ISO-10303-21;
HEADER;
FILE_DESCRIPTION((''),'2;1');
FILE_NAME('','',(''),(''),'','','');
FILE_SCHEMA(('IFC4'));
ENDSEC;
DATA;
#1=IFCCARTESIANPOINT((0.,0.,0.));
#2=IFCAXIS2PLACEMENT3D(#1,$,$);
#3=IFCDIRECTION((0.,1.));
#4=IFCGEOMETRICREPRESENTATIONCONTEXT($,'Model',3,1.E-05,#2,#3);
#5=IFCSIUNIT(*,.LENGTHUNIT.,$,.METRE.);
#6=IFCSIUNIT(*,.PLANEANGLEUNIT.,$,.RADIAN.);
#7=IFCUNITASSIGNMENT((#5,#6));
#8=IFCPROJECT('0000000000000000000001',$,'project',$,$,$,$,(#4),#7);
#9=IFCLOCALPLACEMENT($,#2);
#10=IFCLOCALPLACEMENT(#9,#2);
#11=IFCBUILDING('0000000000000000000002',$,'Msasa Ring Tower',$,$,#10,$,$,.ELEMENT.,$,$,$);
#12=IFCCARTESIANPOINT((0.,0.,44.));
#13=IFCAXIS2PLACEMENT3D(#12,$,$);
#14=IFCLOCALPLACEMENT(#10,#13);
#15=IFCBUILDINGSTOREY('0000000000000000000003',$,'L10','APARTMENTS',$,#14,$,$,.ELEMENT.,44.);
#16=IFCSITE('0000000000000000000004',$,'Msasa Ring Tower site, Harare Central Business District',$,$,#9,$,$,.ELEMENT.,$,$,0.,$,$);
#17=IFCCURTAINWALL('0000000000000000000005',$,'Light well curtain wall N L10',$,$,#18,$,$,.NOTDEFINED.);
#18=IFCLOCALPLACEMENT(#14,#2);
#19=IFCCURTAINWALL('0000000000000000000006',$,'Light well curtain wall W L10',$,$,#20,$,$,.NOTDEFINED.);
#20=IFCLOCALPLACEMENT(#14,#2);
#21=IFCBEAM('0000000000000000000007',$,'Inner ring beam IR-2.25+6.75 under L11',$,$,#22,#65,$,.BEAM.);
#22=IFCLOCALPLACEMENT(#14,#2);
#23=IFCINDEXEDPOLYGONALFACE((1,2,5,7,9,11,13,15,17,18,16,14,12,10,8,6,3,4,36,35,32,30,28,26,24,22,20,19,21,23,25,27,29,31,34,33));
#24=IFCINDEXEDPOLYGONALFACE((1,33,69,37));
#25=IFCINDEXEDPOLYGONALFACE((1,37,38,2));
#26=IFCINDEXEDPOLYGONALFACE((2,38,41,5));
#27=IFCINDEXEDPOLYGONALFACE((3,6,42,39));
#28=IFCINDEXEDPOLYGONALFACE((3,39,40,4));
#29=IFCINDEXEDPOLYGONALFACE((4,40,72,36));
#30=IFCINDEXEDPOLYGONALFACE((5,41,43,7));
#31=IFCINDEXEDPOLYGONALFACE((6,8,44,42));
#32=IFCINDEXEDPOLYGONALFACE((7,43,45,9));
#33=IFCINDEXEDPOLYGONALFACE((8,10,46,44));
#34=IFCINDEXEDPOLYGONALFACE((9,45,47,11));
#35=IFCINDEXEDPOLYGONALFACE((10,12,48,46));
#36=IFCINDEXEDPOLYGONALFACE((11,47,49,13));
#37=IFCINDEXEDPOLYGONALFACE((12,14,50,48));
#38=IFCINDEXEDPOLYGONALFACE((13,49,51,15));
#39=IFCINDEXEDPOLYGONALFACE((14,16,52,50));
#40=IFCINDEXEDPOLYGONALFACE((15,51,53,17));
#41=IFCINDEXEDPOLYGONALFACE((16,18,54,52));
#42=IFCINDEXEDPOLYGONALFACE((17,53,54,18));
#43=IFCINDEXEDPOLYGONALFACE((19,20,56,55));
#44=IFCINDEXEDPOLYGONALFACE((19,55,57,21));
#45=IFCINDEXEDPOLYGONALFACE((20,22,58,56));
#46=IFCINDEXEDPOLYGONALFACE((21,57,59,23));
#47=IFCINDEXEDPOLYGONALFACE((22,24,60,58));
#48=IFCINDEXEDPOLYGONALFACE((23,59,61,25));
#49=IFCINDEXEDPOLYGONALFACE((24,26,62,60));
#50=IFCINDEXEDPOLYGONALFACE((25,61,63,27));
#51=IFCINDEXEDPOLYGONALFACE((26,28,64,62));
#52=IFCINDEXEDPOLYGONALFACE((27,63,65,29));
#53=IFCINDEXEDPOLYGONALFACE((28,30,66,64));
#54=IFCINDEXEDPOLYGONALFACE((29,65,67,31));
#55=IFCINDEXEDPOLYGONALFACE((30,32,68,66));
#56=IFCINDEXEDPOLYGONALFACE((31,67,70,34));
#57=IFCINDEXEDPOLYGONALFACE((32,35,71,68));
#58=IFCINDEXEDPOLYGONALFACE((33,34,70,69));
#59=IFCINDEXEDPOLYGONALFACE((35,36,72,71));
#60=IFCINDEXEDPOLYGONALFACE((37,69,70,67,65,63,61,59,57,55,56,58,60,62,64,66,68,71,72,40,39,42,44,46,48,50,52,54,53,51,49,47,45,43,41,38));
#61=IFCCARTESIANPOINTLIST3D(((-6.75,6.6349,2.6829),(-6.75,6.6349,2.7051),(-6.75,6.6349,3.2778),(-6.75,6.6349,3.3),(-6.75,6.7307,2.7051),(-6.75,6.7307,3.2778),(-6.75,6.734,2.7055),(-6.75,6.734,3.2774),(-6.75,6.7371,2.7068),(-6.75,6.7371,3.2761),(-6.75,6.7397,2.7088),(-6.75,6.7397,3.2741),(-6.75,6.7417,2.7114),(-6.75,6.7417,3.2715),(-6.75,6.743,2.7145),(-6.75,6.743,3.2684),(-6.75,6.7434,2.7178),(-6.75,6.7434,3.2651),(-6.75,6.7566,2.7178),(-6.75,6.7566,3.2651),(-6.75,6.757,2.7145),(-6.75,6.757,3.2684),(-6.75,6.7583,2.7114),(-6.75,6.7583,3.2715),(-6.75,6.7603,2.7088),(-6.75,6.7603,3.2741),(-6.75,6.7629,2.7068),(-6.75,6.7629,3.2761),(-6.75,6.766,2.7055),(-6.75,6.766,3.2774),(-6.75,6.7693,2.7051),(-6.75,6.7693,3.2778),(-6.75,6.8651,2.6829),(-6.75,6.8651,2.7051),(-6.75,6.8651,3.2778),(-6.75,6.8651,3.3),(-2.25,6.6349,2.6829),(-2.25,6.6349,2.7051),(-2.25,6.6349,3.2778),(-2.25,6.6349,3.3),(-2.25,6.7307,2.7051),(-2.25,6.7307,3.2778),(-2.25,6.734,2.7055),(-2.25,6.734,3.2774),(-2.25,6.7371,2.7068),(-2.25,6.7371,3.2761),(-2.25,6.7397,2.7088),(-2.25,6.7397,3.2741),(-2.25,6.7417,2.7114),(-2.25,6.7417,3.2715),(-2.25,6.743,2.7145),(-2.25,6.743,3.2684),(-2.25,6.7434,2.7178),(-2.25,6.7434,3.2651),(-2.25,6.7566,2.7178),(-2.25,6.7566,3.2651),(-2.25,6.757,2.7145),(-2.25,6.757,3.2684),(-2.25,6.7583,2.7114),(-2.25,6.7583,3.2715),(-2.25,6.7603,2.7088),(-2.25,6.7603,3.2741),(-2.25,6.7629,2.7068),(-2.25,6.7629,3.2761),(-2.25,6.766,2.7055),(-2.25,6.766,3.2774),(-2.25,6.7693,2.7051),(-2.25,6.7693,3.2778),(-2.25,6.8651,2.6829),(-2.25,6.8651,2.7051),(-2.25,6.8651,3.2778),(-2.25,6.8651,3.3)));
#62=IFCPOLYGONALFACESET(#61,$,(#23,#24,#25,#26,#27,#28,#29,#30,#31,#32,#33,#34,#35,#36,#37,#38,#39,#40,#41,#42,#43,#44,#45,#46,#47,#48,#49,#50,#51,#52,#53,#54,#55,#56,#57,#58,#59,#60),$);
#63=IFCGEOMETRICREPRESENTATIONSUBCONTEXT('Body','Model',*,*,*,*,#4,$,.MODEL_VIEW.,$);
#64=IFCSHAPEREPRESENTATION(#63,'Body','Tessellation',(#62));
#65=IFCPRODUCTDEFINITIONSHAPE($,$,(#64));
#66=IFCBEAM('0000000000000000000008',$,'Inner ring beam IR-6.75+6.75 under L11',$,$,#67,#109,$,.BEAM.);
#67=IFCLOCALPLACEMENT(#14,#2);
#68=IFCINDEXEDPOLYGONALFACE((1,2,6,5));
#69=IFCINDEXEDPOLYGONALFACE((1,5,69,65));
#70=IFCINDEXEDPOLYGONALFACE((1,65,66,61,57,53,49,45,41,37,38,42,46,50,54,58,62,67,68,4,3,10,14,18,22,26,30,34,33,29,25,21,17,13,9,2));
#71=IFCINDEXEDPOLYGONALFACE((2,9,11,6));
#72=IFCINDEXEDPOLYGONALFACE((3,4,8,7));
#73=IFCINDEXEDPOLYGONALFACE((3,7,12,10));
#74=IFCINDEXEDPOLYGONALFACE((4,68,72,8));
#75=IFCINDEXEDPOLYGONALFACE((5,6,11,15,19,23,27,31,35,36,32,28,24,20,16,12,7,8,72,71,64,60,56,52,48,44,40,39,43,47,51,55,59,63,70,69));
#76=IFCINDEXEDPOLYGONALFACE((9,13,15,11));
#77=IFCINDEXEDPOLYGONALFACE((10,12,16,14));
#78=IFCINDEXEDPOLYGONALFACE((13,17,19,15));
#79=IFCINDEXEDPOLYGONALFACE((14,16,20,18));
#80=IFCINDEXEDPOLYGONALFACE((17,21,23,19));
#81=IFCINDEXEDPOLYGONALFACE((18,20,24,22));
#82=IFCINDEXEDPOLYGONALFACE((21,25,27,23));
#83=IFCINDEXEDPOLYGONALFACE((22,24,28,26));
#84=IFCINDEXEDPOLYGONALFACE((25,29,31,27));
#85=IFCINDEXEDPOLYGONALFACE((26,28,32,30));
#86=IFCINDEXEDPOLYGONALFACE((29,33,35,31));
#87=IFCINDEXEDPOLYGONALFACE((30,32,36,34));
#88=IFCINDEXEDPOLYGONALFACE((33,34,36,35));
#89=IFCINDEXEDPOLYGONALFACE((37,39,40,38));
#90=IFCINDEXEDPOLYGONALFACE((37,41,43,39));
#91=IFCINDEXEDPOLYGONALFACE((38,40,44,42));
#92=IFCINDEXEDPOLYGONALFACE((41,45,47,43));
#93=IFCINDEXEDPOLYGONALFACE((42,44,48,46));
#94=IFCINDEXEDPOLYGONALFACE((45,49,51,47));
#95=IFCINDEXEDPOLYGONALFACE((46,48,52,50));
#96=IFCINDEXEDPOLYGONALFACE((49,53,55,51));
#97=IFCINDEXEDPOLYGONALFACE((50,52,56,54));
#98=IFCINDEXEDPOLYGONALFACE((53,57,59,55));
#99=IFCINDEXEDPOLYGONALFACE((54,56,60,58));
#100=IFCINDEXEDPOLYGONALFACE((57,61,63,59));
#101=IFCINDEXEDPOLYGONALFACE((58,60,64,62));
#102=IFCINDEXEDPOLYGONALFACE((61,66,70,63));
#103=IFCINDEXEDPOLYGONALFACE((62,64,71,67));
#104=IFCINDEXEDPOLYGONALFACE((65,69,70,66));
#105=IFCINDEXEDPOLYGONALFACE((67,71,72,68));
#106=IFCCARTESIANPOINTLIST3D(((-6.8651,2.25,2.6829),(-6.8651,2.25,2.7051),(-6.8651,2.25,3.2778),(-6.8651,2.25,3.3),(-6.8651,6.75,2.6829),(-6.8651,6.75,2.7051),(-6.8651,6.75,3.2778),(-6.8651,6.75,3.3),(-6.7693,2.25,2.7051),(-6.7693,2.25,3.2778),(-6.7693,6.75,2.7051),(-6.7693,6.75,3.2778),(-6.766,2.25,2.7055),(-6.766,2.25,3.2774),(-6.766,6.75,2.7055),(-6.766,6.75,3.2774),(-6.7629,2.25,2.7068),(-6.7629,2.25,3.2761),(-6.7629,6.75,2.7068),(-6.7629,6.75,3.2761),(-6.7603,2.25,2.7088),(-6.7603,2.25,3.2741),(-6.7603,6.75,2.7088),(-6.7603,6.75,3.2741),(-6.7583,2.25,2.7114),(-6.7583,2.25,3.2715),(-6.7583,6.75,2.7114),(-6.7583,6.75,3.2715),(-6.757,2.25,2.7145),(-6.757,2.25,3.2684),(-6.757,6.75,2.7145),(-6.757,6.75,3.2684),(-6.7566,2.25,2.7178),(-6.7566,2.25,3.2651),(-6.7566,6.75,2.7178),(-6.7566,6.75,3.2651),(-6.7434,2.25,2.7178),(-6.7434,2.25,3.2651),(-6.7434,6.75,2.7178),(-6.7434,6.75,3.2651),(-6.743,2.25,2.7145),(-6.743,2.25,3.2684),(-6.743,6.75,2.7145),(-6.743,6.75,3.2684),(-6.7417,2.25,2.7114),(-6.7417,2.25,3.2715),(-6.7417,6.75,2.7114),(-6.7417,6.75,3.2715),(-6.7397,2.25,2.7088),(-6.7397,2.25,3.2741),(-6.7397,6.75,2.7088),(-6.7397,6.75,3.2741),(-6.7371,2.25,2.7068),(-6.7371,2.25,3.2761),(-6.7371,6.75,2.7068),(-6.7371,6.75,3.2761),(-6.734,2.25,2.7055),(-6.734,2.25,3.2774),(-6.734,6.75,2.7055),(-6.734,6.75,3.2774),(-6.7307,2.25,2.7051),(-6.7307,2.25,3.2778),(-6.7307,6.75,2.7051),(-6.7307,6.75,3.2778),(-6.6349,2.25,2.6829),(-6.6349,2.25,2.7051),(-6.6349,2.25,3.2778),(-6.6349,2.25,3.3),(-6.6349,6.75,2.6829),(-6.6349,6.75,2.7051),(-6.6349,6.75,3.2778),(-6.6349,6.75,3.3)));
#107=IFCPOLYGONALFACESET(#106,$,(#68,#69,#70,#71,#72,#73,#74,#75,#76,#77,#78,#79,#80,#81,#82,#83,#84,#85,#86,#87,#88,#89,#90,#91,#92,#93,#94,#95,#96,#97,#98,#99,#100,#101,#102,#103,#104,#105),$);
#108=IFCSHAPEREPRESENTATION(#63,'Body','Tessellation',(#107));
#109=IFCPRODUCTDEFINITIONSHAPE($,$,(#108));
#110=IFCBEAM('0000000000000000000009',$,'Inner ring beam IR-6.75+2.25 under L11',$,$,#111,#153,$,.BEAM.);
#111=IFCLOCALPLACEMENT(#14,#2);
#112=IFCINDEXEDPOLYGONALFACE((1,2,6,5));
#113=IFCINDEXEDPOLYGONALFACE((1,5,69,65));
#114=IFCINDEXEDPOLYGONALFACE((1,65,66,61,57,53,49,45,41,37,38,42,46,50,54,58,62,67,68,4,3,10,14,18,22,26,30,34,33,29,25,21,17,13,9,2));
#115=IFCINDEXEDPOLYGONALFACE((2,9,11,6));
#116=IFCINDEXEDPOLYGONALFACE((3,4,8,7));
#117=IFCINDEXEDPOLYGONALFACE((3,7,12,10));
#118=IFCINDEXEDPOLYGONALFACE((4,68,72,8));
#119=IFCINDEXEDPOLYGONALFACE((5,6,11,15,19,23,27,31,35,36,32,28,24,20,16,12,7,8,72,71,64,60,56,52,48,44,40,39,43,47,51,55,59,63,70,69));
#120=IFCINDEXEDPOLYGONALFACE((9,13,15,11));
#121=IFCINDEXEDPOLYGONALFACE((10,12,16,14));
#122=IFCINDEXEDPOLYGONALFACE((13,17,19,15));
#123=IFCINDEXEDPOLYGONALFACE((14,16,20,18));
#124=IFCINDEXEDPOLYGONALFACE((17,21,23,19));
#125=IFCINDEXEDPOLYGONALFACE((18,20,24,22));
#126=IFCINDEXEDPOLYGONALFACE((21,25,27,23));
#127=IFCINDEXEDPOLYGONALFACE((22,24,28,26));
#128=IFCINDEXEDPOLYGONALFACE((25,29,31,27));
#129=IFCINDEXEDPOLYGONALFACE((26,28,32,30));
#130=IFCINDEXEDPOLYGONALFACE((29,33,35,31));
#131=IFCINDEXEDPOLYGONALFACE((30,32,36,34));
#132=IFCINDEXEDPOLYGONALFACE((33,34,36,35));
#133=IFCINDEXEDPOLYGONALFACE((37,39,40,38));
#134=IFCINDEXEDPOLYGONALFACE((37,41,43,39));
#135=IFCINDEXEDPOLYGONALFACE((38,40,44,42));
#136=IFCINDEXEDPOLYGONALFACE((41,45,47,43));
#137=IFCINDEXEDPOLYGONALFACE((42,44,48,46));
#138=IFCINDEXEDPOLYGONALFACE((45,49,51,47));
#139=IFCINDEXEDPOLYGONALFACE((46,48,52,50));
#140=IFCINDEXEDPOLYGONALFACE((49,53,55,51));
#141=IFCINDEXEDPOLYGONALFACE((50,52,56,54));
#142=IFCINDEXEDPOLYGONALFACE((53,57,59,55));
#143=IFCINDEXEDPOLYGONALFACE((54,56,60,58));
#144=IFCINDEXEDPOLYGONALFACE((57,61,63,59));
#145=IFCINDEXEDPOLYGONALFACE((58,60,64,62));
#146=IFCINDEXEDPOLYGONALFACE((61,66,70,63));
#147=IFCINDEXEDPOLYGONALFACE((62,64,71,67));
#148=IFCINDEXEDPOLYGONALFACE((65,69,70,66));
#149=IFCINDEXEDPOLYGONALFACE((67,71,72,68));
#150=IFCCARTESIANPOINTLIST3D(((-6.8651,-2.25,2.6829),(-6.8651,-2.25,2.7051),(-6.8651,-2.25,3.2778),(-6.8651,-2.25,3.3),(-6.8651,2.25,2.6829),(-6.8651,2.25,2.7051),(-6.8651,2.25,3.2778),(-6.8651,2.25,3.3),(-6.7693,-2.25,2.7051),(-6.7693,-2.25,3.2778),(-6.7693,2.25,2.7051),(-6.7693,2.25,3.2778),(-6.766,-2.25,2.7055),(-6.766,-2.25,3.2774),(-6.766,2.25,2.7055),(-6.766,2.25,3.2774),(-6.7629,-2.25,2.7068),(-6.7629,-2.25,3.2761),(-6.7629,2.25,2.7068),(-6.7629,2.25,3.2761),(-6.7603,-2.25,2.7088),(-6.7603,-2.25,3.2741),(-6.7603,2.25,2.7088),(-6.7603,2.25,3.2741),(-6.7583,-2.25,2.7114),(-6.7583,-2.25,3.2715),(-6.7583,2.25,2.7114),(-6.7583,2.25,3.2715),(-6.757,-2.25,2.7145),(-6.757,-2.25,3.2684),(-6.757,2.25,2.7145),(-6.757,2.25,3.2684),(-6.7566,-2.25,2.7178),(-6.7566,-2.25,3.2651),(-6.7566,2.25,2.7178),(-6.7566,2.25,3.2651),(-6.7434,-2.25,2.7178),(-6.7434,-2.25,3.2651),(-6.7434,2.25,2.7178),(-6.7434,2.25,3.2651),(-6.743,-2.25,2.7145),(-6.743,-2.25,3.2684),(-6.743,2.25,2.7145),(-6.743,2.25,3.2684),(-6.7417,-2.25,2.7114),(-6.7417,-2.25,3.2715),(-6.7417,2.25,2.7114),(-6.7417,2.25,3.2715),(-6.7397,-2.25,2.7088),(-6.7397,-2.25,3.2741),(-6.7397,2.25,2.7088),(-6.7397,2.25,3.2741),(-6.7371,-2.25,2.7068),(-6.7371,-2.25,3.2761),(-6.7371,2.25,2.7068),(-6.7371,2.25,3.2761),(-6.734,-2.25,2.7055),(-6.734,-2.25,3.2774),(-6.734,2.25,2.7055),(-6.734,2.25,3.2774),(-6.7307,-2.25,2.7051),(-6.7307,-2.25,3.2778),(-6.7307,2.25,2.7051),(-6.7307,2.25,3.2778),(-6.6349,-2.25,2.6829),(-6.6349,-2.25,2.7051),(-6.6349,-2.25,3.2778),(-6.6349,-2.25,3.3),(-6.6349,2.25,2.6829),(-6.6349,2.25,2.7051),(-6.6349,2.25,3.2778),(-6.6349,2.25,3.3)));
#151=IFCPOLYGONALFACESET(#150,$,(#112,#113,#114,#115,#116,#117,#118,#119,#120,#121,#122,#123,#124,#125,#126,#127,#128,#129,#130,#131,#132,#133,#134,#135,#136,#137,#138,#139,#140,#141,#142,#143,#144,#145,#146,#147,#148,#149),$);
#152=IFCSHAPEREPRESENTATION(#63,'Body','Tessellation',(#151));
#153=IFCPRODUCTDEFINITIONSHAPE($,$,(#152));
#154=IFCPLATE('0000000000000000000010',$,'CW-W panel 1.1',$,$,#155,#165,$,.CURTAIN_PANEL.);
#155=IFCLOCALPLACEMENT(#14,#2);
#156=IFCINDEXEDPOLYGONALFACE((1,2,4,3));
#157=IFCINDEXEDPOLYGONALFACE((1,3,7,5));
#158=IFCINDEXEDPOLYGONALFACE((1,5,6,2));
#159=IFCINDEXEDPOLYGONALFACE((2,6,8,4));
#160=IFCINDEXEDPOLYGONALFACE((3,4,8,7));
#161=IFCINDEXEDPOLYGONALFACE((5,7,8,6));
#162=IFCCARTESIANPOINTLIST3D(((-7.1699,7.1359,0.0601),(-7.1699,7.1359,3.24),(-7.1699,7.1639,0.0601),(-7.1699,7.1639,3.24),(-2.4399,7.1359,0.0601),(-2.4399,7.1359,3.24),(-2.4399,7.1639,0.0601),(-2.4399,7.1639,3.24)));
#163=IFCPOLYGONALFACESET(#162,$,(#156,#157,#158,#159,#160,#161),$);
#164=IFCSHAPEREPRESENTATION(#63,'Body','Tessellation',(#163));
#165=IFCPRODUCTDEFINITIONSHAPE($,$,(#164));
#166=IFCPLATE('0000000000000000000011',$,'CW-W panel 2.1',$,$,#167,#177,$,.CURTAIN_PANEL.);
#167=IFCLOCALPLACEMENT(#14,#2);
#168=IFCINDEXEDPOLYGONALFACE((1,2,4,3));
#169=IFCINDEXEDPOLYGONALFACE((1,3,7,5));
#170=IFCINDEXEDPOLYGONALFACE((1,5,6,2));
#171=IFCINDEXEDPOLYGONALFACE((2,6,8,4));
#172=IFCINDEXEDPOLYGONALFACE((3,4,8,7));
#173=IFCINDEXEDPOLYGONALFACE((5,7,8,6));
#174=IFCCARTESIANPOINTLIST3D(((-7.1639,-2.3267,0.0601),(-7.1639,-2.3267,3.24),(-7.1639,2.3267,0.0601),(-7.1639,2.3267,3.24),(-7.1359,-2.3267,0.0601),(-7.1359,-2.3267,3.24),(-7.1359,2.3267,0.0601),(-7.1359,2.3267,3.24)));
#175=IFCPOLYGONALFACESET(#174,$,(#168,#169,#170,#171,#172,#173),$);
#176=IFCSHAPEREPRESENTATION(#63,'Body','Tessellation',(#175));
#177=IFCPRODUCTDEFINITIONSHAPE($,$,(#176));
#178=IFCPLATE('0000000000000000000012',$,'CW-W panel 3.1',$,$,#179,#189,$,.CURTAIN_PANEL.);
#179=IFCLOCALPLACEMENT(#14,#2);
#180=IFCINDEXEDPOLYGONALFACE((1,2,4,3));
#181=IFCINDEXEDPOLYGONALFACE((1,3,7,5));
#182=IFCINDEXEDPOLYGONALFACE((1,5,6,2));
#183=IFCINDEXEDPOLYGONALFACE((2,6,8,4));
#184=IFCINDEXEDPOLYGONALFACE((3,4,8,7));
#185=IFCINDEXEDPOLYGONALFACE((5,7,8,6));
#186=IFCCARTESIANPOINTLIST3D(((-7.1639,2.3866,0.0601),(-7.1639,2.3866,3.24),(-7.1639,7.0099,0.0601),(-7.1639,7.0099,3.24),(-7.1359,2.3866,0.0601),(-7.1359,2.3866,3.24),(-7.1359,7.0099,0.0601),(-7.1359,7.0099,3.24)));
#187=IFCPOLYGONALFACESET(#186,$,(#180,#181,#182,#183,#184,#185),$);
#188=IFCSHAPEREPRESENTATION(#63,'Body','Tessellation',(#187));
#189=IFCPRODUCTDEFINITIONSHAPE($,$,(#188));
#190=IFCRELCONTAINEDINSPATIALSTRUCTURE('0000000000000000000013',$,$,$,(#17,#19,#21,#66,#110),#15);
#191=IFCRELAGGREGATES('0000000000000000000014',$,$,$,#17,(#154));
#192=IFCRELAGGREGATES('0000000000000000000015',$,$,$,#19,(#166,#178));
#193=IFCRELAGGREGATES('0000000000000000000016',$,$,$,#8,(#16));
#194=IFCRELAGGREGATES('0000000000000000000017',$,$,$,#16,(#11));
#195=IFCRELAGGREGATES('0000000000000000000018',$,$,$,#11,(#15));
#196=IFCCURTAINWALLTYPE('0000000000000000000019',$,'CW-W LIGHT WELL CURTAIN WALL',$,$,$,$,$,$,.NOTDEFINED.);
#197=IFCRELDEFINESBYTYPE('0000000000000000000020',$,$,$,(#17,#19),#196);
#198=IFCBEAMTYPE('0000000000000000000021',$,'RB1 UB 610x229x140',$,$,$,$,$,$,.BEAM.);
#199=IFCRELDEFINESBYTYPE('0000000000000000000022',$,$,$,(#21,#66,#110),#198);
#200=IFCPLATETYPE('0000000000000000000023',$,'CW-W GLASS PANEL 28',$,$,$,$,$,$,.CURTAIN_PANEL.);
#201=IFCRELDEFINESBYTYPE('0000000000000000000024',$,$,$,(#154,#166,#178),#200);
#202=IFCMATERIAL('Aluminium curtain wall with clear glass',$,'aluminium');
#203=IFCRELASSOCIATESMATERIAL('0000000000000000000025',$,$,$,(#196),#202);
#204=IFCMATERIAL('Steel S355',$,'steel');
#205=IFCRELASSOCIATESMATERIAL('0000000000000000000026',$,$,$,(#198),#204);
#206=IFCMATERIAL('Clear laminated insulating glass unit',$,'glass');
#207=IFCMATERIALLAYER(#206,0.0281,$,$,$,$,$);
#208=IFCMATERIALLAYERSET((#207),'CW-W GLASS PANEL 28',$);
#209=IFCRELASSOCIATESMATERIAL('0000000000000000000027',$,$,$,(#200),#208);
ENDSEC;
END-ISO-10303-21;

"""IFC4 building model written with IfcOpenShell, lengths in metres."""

from ifc_helpers import new_model, si_unit, direction, frame, origin, origin_2d, place, context, subcontext, project, spatial, rectangle, i_section, extrude, material, layer, layer_set, material_profile, profile_set, type_object, element, aggregate, save


model = new_model("IFC4")

# Units and contexts
model_context = context("Model", 3, precision=1e-05, world=origin(), true_north=direction((0.0, 1.0)))
body_context = subcontext(model_context, "Body", "Model", "MODEL_VIEW")
ifc_project = project(units=[si_unit("LENGTHUNIT", "METRE"), si_unit("PLANEANGLEUNIT", "RADIAN")], contexts=[model_context])

# Site, building, storey
site_placement = place(None, origin())
site = spatial("IfcSite", under=ifc_project, at=site_placement, Name="Msasa Ring Tower site, Harare Central Business District", CompositionType="ELEMENT", RefElevation=0.0)
building_placement = place(site_placement, origin())
building = spatial("IfcBuilding", under=site, at=building_placement, Name="Msasa Ring Tower", CompositionType="ELEMENT")
storey_placement = place(building_placement, frame((0.0, 0.0, 44.0)))
storey = spatial("IfcBuildingStorey", under=building, at=storey_placement, Name="L10", Description="APARTMENTS", CompositionType="ELEMENT", Elevation=44.0)

# Curtain walls
ifc_material_1 = material(Name="Aluminium curtain wall with clear glass", Category="aluminium")
curtain_wall_type = type_object("IfcCurtainWallType", Name="CW-W LIGHT WELL CURTAIN WALL", PredefinedType="NOTDEFINED", material=ifc_material_1)
curtain_wall_1_placement = place(storey_placement, origin())
curtain_wall_1 = element("IfcCurtainWall", 1, at=curtain_wall_1_placement, inside=storey, type_object=curtain_wall_type, Name="Light well curtain wall N L10", PredefinedType="NOTDEFINED")
curtain_wall_2_placement = place(storey_placement, origin())
curtain_wall_2 = element("IfcCurtainWall", 2, at=curtain_wall_2_placement, inside=storey, type_object=curtain_wall_type, Name="Light well curtain wall W L10", PredefinedType="NOTDEFINED")

# Beams
ifc_material_2 = material(Name="Steel S355", Category="steel")
ifc_material_profile_1 = material_profile(ifc_material_2, i_section(OverallWidth=0.2302, OverallDepth=0.6172, WebThickness=0.0132, FlangeThickness=0.0222, FilletRadius=0.0127, at=origin_2d()), Name="UB 610x229x140")
ifc_profile_set_1 = profile_set([ifc_material_profile_1], Name="Steel S355")
beam_type = type_object("IfcBeamType", Name="RB1 UB 610x229x140", PredefinedType="BEAM", material=ifc_profile_set_1)
for number, where, z_axis, x_axis, name in (
    (3, (-2.25, 6.75, 2.9915), (-1.0, 0.0, 0.0), (0.0, -1.0, 0.0), "Inner ring beam IR-2.25+6.75 under L11"),
    (4, (-6.75, 6.75, 2.9915), (0.0, -1.0, 0.0), (1.0, 0.0, 0.0), "Inner ring beam IR-6.75+6.75 under L11"),
    (5, (-6.75, 2.25, 2.9915), (0.0, -1.0, 0.0), (1.0, 0.0, 0.0), "Inner ring beam IR-6.75+2.25 under L11"),
):
    element("IfcBeam", number, at=place(storey_placement, frame(where, z_axis=z_axis, x_axis=x_axis)), inside=storey, type_object=beam_type, Name=name, PredefinedType="BEAM", context=body_context, shape_type="SweptSolid", body=[
        extrude(i_section(OverallWidth=0.2302, OverallDepth=0.6172, WebThickness=0.0132, FlangeThickness=0.0222, FilletRadius=0.0127, at=origin_2d()), origin(), (0.0, 0.0, 1.0), 4.5),
    ])

# Plates
ifc_material_3 = material(Name="Clear laminated insulating glass unit", Category="glass")
ifc_layer_1 = layer(ifc_material_3, 0.0281)
ifc_layer_set_1 = layer_set([ifc_layer_1], Name="CW-W GLASS PANEL 28")
plate_type = type_object("IfcPlateType", Name="CW-W GLASS PANEL 28", PredefinedType="CURTAIN_PANEL", material=ifc_layer_set_1)
plate_1_placement = place(storey_placement, frame((-4.8049, 7.1499, 0.0601), z_axis=(0.0, 0.0, 1.0), x_axis=(1.0, 0.0, 0.0)))
plate_1 = element("IfcPlate", 6, at=plate_1_placement, type_object=plate_type, Name="CW-W panel 1.1", PredefinedType="CURTAIN_PANEL", context=body_context, shape_type="SweptSolid", body=[
    extrude(rectangle(XDim=4.73, YDim=0.0281, at=origin_2d()), origin(), (0.0, 0.0, 1.0), 3.1799),
])
aggregate(curtain_wall_1, [plate_1])
plate_2_placement = place(storey_placement, frame((-7.1499, 0.0, 0.0601), z_axis=(0.0, 0.0, 1.0), x_axis=(0.0, 1.0, 0.0)))
plate_2 = element("IfcPlate", 7, at=plate_2_placement, type_object=plate_type, Name="CW-W panel 2.1", PredefinedType="CURTAIN_PANEL", context=body_context, shape_type="SweptSolid", body=[
    extrude(rectangle(XDim=4.6533, YDim=0.0281, at=origin_2d()), origin(), (0.0, 0.0, 1.0), 3.1799),
])
plate_3_placement = place(storey_placement, frame((-7.1499, 4.6982, 0.0601), z_axis=(0.0, 0.0, 1.0), x_axis=(0.0, 1.0, 0.0)))
plate_3 = element("IfcPlate", 8, at=plate_3_placement, type_object=plate_type, Name="CW-W panel 3.1", PredefinedType="CURTAIN_PANEL", context=body_context, shape_type="SweptSolid", body=[
    extrude(rectangle(XDim=4.6233, YDim=0.0281, at=origin_2d()), origin(), (0.0, 0.0, 1.0), 3.1799),
])
aggregate(curtain_wall_2, [plate_2, plate_3])

save(model, "model.ifc")
